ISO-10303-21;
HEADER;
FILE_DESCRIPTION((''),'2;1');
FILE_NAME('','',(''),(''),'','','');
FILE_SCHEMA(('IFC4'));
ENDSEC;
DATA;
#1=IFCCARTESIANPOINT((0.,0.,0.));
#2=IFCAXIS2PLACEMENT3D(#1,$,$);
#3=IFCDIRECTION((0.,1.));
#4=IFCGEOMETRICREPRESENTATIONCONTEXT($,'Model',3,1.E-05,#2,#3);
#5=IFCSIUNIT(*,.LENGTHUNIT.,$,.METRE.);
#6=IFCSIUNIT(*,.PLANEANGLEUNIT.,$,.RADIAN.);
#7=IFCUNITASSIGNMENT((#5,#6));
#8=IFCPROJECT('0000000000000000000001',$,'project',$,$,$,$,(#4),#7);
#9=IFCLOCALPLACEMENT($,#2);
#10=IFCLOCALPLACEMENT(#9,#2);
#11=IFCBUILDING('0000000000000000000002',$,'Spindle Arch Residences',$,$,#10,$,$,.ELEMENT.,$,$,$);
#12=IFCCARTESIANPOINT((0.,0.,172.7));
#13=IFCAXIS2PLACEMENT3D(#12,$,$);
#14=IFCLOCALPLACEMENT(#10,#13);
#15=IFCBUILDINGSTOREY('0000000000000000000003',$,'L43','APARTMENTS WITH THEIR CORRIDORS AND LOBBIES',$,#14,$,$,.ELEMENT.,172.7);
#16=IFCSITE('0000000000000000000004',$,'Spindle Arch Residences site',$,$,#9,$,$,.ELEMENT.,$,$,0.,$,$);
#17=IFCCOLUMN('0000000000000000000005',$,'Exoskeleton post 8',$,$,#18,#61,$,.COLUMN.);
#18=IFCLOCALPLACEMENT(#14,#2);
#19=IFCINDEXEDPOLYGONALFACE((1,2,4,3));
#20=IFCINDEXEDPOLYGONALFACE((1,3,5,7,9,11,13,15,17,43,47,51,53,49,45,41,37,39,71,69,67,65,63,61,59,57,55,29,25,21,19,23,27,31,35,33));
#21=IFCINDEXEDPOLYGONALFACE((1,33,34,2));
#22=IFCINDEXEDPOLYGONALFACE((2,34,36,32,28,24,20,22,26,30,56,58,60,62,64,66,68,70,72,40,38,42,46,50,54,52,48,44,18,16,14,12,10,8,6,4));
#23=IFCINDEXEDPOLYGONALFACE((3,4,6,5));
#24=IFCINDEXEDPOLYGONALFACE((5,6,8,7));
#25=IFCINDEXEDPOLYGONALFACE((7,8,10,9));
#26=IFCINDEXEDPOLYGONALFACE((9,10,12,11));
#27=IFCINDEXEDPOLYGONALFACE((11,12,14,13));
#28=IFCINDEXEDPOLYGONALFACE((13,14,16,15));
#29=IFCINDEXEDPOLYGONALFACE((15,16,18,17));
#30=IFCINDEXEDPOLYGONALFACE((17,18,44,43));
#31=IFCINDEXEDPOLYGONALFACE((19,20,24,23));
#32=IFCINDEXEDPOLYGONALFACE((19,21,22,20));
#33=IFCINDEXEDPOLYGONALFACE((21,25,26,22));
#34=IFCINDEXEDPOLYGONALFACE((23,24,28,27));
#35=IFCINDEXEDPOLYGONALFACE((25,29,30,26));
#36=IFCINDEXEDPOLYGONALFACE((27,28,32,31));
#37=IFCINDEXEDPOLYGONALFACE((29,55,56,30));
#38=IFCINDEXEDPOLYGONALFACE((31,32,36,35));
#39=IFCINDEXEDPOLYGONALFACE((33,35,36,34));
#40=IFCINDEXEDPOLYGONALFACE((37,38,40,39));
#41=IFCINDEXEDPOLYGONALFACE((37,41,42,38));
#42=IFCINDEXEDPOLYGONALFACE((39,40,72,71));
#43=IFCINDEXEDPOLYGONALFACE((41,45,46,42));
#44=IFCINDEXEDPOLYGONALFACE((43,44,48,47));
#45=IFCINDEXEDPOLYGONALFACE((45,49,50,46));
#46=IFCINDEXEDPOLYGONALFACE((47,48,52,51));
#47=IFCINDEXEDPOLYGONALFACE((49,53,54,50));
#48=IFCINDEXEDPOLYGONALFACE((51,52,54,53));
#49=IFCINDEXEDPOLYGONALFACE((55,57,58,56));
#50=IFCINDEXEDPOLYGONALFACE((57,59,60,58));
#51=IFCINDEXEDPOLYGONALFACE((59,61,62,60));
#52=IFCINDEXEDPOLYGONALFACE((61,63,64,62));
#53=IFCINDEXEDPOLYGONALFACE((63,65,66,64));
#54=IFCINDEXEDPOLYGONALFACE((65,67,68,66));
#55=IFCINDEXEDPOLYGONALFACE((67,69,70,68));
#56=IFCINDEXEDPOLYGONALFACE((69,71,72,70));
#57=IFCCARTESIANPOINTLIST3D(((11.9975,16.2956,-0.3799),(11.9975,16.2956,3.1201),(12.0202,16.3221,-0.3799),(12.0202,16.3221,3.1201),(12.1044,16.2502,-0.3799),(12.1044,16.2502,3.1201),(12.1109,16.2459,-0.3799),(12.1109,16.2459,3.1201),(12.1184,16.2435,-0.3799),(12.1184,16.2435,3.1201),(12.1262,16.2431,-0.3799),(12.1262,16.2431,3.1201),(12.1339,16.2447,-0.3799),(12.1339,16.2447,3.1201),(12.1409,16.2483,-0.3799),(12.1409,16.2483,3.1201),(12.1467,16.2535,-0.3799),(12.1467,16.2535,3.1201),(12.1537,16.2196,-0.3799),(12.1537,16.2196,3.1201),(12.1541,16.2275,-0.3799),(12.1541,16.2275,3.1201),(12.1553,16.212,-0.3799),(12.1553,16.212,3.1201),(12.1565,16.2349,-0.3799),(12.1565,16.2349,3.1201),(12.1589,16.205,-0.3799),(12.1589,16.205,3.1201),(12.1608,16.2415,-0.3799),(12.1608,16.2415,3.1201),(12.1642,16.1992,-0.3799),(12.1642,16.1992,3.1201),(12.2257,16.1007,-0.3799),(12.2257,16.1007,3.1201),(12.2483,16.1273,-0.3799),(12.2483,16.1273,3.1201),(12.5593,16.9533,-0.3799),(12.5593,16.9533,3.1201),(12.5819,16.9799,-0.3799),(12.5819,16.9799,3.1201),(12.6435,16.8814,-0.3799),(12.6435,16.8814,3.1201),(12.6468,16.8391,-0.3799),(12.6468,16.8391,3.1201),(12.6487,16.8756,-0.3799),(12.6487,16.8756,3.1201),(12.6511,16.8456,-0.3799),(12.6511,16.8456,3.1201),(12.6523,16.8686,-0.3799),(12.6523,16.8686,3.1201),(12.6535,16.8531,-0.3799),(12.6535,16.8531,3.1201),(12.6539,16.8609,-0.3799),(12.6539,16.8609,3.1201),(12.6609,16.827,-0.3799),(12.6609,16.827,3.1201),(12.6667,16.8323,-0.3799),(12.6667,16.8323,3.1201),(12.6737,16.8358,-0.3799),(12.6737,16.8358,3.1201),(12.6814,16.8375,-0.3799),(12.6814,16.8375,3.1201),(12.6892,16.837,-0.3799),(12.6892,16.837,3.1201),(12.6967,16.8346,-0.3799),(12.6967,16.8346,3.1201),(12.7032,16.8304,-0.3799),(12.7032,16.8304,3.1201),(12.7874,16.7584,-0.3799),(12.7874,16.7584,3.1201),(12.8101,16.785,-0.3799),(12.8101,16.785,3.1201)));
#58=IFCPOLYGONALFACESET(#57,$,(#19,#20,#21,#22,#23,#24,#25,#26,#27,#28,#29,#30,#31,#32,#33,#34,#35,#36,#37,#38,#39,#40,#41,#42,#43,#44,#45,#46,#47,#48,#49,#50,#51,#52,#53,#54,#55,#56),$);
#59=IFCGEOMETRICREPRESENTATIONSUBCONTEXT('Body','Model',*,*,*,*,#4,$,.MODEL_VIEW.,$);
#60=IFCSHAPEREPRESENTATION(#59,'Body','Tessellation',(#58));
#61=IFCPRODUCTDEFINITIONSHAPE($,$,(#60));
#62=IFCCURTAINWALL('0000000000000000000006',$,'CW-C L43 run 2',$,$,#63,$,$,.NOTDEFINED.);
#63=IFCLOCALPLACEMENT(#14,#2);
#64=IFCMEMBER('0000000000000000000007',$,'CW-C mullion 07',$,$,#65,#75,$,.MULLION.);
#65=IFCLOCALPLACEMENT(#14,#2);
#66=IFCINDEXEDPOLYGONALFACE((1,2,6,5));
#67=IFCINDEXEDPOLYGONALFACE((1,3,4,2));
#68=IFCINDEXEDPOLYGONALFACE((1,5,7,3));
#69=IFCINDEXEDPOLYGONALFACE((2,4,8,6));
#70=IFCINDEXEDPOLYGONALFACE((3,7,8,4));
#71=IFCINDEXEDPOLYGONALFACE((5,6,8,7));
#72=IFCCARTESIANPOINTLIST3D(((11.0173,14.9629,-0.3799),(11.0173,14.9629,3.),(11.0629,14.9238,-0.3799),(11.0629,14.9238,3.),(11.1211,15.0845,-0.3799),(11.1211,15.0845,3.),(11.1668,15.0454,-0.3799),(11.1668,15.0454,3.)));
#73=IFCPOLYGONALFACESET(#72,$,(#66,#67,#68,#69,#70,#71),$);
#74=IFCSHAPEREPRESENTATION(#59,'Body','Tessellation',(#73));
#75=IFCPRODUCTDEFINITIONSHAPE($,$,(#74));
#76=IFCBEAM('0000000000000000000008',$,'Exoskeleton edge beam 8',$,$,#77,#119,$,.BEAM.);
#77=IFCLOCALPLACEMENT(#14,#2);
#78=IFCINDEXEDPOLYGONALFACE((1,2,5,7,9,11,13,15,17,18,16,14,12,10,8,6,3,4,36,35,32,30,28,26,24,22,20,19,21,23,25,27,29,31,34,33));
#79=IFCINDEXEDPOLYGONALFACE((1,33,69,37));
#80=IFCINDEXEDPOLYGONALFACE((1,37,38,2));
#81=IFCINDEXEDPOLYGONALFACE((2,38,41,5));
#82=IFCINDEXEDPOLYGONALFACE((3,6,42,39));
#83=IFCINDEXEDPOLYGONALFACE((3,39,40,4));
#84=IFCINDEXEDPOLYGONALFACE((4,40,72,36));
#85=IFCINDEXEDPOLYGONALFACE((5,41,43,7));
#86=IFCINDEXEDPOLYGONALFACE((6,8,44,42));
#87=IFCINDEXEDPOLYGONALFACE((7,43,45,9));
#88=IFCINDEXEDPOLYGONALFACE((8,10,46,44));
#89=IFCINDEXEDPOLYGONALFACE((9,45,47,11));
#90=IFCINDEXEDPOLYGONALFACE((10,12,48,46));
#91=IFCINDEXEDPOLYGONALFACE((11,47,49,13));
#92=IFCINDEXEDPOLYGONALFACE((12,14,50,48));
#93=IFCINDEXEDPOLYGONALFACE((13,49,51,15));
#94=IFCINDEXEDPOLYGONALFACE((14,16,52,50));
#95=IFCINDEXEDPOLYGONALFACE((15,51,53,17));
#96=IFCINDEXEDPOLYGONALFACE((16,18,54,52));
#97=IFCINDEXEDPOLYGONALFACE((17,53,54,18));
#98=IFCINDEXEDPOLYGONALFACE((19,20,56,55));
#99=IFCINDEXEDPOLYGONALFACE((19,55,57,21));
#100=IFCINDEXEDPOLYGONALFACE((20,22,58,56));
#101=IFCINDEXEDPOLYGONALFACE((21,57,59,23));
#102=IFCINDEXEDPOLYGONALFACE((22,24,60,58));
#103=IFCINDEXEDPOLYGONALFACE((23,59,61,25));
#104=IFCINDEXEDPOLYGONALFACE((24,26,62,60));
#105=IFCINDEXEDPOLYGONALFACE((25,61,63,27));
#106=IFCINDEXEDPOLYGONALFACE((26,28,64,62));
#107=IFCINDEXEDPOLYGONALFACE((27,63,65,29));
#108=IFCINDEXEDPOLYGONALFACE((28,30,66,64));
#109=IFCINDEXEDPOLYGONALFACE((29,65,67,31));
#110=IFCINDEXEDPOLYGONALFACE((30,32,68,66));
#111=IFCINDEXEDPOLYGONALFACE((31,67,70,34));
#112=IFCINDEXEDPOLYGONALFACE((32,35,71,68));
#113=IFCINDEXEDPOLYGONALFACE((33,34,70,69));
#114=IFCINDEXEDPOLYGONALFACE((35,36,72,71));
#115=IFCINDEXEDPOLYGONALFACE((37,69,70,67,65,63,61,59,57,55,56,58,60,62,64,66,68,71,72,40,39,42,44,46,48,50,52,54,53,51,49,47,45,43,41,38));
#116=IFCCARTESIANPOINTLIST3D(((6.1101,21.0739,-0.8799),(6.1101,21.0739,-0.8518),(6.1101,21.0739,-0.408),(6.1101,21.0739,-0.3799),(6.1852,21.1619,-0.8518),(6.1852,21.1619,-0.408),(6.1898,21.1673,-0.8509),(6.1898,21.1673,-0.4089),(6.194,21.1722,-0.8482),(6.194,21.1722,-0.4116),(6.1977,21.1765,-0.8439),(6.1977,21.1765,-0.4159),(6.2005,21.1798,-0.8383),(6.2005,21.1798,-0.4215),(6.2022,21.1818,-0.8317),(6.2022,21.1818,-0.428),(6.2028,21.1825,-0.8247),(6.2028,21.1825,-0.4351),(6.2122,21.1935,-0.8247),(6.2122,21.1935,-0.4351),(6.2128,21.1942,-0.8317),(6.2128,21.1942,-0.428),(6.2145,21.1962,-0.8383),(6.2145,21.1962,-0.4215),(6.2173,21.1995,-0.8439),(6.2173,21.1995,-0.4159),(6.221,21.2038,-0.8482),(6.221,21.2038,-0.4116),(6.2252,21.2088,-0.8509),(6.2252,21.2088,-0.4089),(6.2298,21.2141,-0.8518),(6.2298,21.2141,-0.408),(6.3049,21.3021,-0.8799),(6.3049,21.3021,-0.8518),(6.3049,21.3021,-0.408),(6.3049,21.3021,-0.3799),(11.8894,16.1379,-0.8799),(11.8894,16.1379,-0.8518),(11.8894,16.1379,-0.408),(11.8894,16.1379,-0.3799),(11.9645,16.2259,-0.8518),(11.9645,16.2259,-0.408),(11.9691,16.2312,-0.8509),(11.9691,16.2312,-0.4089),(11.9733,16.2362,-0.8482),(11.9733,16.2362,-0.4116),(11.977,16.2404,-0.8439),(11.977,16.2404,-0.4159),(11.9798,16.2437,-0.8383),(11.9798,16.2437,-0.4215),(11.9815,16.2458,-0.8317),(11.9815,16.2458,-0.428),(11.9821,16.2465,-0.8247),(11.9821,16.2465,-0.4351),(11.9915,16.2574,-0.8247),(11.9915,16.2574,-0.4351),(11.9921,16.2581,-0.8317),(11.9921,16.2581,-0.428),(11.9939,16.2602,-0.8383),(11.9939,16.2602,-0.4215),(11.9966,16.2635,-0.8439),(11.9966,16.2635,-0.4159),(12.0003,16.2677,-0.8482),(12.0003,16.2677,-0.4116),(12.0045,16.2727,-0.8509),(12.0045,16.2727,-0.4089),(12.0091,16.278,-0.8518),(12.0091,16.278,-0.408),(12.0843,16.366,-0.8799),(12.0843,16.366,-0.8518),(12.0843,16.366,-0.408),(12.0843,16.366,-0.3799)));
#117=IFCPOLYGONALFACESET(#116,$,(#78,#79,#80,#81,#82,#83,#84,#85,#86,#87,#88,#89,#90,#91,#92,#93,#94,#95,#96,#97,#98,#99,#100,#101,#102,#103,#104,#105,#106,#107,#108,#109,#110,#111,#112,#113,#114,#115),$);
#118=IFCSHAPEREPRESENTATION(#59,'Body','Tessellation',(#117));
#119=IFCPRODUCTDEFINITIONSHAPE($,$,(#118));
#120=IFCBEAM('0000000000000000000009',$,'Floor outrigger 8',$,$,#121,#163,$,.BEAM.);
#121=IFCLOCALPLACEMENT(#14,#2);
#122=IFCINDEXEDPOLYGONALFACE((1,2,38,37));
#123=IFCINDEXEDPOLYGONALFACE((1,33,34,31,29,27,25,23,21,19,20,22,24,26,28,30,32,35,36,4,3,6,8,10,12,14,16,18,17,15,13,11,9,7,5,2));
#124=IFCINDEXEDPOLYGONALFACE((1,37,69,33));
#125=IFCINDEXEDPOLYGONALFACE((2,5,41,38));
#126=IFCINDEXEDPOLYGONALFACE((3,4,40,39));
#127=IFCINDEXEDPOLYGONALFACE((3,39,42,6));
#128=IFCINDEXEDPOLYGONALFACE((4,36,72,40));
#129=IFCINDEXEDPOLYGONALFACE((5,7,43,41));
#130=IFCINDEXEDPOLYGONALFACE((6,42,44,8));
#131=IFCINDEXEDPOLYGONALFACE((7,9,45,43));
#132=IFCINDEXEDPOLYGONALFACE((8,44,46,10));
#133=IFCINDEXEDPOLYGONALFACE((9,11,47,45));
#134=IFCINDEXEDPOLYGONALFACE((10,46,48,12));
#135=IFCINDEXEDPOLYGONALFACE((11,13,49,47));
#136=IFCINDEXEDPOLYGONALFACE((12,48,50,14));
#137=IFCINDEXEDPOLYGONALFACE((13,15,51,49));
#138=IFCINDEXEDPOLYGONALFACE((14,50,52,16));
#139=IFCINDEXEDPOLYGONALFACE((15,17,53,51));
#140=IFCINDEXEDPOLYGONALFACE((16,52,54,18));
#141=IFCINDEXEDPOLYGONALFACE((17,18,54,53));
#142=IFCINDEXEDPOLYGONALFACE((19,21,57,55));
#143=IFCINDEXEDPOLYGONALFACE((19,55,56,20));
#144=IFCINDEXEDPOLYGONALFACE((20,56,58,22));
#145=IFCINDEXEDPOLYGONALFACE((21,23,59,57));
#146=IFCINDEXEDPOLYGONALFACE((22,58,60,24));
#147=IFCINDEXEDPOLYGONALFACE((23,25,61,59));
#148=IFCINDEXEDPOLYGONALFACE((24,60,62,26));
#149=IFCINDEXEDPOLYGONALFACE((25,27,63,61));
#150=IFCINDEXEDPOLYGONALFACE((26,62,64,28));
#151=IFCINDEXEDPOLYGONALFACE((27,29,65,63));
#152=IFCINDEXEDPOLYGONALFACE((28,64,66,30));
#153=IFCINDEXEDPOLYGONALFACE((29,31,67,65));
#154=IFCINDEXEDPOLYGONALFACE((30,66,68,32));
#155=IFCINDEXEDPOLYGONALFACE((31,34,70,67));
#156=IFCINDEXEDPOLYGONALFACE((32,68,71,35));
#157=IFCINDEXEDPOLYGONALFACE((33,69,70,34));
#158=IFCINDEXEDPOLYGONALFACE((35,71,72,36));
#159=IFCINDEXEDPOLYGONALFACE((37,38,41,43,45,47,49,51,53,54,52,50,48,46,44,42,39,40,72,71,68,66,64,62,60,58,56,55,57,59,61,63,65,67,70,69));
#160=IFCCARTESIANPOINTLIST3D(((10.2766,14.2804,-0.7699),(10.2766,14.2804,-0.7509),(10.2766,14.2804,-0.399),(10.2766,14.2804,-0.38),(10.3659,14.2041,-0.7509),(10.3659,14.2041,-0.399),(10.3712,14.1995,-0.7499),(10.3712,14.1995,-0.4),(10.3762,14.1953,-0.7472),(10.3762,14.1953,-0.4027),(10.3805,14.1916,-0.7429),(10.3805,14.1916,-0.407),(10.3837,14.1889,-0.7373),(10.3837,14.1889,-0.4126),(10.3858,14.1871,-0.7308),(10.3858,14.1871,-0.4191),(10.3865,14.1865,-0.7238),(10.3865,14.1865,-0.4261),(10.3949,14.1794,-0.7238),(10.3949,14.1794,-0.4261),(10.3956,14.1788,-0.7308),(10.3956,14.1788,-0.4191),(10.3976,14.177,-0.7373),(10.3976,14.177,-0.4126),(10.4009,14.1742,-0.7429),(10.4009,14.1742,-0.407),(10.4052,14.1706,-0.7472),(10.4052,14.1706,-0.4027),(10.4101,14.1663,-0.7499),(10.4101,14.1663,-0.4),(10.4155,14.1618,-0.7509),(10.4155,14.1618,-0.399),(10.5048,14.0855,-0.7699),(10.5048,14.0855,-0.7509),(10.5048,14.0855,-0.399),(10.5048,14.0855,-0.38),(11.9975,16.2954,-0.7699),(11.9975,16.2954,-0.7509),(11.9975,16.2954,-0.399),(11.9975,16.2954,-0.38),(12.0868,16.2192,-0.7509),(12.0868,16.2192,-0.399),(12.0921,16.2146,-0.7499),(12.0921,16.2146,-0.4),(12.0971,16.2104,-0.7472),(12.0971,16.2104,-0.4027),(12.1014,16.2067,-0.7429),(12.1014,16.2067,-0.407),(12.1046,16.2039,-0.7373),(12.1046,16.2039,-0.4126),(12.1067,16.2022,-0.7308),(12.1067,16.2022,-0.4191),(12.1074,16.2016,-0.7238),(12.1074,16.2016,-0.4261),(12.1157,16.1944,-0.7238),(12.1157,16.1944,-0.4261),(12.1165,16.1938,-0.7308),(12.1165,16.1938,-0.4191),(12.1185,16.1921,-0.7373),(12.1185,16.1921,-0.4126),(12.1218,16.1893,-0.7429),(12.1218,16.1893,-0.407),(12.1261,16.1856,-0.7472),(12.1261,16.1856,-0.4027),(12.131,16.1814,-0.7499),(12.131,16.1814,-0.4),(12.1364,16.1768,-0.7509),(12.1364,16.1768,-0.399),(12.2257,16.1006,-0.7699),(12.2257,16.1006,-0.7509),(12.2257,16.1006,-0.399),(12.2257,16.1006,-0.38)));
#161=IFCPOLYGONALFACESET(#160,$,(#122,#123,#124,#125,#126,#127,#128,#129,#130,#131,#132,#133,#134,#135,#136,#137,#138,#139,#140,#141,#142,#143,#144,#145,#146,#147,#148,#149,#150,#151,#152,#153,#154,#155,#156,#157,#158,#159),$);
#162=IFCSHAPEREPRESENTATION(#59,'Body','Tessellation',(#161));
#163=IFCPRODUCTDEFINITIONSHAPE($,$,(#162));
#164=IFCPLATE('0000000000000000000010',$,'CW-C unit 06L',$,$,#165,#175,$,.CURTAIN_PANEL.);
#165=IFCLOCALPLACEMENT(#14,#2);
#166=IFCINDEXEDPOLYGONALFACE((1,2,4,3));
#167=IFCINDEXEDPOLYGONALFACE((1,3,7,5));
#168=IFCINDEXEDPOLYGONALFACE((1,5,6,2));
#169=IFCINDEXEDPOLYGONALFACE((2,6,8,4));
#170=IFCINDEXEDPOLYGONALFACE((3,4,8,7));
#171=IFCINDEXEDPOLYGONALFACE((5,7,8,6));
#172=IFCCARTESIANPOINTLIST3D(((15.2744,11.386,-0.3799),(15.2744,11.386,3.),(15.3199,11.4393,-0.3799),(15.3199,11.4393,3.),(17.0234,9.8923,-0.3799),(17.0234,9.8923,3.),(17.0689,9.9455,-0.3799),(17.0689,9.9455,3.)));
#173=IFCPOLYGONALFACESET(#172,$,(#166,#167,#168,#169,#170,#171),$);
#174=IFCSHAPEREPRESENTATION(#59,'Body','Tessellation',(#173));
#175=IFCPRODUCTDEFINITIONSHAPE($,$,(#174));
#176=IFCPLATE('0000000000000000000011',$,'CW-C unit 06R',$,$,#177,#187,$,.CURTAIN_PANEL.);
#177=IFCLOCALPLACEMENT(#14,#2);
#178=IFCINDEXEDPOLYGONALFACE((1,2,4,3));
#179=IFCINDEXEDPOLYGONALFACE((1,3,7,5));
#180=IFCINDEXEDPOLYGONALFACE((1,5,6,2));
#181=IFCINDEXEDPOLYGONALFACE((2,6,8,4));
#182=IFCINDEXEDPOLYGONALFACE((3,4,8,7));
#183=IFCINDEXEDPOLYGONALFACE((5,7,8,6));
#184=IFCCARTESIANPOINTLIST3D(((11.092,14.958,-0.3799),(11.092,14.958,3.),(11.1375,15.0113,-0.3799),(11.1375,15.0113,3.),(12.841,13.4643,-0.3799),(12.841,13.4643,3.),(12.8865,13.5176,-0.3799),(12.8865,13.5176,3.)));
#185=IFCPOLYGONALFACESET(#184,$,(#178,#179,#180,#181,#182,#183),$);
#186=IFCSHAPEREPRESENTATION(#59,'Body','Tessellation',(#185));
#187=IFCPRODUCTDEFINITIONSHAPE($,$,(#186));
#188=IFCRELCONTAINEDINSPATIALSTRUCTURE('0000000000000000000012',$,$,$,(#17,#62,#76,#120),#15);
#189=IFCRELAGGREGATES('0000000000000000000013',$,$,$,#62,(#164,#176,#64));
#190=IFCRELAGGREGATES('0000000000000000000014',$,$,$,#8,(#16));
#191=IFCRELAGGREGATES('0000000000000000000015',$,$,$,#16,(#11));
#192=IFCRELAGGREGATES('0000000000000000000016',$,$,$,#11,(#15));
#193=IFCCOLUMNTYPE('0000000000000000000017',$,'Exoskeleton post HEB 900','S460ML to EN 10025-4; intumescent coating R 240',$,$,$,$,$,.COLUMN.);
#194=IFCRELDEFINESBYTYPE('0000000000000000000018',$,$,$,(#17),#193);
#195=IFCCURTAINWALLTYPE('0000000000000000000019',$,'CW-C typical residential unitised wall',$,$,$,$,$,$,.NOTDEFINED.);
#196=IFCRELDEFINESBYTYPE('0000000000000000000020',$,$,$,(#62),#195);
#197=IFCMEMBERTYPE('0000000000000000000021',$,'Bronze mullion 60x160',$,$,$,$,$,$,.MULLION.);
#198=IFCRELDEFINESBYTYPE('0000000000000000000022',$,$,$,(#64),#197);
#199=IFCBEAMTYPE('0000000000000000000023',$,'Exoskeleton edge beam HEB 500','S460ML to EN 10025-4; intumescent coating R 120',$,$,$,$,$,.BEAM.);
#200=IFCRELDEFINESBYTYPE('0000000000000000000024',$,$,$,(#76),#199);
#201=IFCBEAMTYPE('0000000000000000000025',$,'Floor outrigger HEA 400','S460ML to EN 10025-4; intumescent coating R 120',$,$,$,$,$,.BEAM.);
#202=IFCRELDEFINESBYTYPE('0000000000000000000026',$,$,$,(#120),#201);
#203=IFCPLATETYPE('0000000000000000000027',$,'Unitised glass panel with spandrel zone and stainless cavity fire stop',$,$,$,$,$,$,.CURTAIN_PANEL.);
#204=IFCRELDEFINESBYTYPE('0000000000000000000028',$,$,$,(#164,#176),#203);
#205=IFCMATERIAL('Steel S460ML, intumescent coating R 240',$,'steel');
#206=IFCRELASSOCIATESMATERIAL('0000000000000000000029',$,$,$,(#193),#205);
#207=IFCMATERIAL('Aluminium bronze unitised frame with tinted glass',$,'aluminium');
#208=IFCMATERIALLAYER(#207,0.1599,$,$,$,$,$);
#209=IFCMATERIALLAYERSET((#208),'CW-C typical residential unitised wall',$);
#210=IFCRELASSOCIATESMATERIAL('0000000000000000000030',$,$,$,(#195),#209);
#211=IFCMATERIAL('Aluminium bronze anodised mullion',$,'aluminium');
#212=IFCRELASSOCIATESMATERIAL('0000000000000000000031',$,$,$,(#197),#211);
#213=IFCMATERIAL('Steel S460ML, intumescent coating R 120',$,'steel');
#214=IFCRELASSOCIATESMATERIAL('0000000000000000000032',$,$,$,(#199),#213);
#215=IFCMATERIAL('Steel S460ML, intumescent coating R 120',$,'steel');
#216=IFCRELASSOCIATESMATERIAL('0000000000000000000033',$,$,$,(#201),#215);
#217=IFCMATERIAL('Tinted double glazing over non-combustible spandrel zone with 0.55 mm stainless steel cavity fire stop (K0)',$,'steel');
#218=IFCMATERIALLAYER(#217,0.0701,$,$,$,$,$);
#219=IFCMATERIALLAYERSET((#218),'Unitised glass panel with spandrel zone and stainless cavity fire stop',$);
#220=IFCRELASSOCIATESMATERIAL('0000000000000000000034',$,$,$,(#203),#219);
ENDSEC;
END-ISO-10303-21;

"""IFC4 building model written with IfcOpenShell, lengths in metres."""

from ifc_helpers import new_model, si_unit, direction, frame, origin, origin_2d, place, context, subcontext, project, spatial, rectangle, i_section, extrude, material, layer, layer_set, material_profile, profile_set, type_object, element, aggregate, save


model = new_model("IFC4")

# Units and contexts
model_context = context("Model", 3, precision=1e-05, world=origin(), true_north=direction((0.0, 1.0)))
body_context = subcontext(model_context, "Body", "Model", "MODEL_VIEW")
ifc_project = project(units=[si_unit("LENGTHUNIT", "METRE"), si_unit("PLANEANGLEUNIT", "RADIAN")], contexts=[model_context])

# Site, building, storey
site_placement = place(None, origin())
site = spatial("IfcSite", under=ifc_project, at=site_placement, Name="Spindle Arch Residences site", CompositionType="ELEMENT", RefElevation=0.0)
building_placement = place(site_placement, origin())
building = spatial("IfcBuilding", under=site, at=building_placement, Name="Spindle Arch Residences", CompositionType="ELEMENT")
storey_placement = place(building_placement, frame((0.0, 0.0, 172.7)))
storey = spatial("IfcBuildingStorey", under=building, at=storey_placement, Name="L43", Description="APARTMENTS WITH THEIR CORRIDORS AND LOBBIES", CompositionType="ELEMENT", Elevation=172.7)

# Column
ifc_material_1 = material(Name="Steel S460ML, intumescent coating R 240", Category="steel")
ifc_material_profile_1 = material_profile(ifc_material_1, i_section(OverallWidth=0.3, OverallDepth=0.8999, WebThickness=0.0186, FlangeThickness=0.0349, FilletRadius=0.03, at=origin_2d()), Name="HEB 900")
ifc_profile_set_1 = profile_set([ifc_material_profile_1], Name="Steel S460ML, intumescent coating R 240")
column_type = type_object("IfcColumnType", Name="Exoskeleton post HEB 900", Description="S460ML to EN 10025-4; intumescent coating R 240", PredefinedType="COLUMN", material=ifc_profile_set_1)
column_placement = place(storey_placement, frame((12.4038, 16.5403, -0.3799), z_axis=(0.0, 0.0, 1.0), x_axis=(0.760406, -0.649448, 0.0)))
element("IfcColumn", 1, at=column_placement, inside=storey, type_object=column_type, Name="Exoskeleton post 8", PredefinedType="COLUMN", context=body_context, shape_type="SweptSolid", body=[
    extrude(i_section(OverallWidth=0.3, OverallDepth=0.8999, WebThickness=0.0186, FlangeThickness=0.0349, FilletRadius=0.03, at=origin_2d()), origin(), (0.0, 0.0, 1.0), 3.5),
])

# Curtain wall, member
ifc_material_2 = material(Name="Aluminium bronze unitised frame with tinted glass", Category="aluminium")
ifc_layer_1 = layer(ifc_material_2, 0.1599)
ifc_layer_set_1 = layer_set([ifc_layer_1], Name="CW-C typical residential unitised wall")
curtain_wall_type = type_object("IfcCurtainWallType", Name="CW-C typical residential unitised wall", PredefinedType="NOTDEFINED", material=ifc_layer_set_1)
curtain_wall_placement = place(storey_placement, origin())
curtain_wall = element("IfcCurtainWall", 2, at=curtain_wall_placement, inside=storey, type_object=curtain_wall_type, Name="CW-C L43 run 2", PredefinedType="NOTDEFINED")
ifc_material_3 = material(Name="Aluminium bronze anodised mullion", Category="aluminium")
ifc_material_profile_2 = material_profile(ifc_material_3, rectangle(XDim=0.1599, YDim=0.0601, at=origin_2d()), Name="MU 60x160")
ifc_profile_set_2 = profile_set([ifc_material_profile_2], Name="Aluminium bronze anodised mullion")
member_type = type_object("IfcMemberType", Name="Bronze mullion 60x160", PredefinedType="MULLION", material=ifc_profile_set_2)
member_placement = place(storey_placement, frame((11.092, 15.0042, -0.3799), z_axis=(0.0, 0.0, 1.0), x_axis=(-0.649448, -0.760406, 0.0)))
member = element("IfcMember", 3, at=member_placement, type_object=member_type, Name="CW-C mullion 07", PredefinedType="MULLION", context=body_context, shape_type="SweptSolid", body=[
    extrude(rectangle(XDim=0.1599, YDim=0.0601, at=origin_2d()), origin(), (0.0, 0.0, 1.0), 3.3799),
])

# Beams
ifc_material_4 = material(Name="Steel S460ML, intumescent coating R 120", Category="steel")
ifc_material_profile_3 = material_profile(ifc_material_4, i_section(OverallWidth=0.3, OverallDepth=0.5, WebThickness=0.0144, FlangeThickness=0.0281, FilletRadius=0.0271, at=origin_2d()), Name="HEB 500")
ifc_profile_set_3 = profile_set([ifc_material_profile_3], Name="Steel S460ML, intumescent coating R 120")
beam_type_1 = type_object("IfcBeamType", Name="Exoskeleton edge beam HEB 500", Description="S460ML to EN 10025-4; intumescent coating R 120", PredefinedType="BEAM", material=ifc_profile_set_3)
beam_1_placement = place(storey_placement, frame((11.9868, 16.252, -0.6299), z_axis=(-0.760403, 0.649452, 0.0), x_axis=(-0.649452, -0.760403, 0.0)))
element("IfcBeam", 4, at=beam_1_placement, inside=storey, type_object=beam_type_1, Name="Exoskeleton edge beam 8", PredefinedType="BEAM", context=body_context, shape_type="SweptSolid", body=[
    extrude(i_section(OverallWidth=0.3, OverallDepth=0.5, WebThickness=0.0144, FlangeThickness=0.0281, FilletRadius=0.0271, at=origin_2d()), origin(), (0.0, 0.0, 1.0), 7.6003),
])
ifc_material_5 = material(Name="Steel S460ML, intumescent coating R 120", Category="steel")
ifc_material_profile_4 = material_profile(ifc_material_5, i_section(OverallWidth=0.3, OverallDepth=0.3899, WebThickness=0.011, FlangeThickness=0.019, FilletRadius=0.0271, at=origin_2d()), Name="HEA 400")
ifc_profile_set_4 = profile_set([ifc_material_profile_4], Name="Steel S460ML, intumescent coating R 120")
beam_type_2 = type_object("IfcBeamType", Name="Floor outrigger HEA 400", Description="S460ML to EN 10025-4; intumescent coating R 120", PredefinedType="BEAM", material=ifc_profile_set_4)
beam_2_placement = place(storey_placement, frame((12.1116, 16.198, -0.575), z_axis=(-0.649417, -0.760432, 0.0), x_axis=(0.760432, -0.649417, 0.0)))
element("IfcBeam", 5, at=beam_2_placement, inside=storey, type_object=beam_type_2, Name="Floor outrigger 8", PredefinedType="BEAM", context=body_context, shape_type="SweptSolid", body=[
    extrude(i_section(OverallWidth=0.3, OverallDepth=0.3899, WebThickness=0.011, FlangeThickness=0.019, FilletRadius=0.0271, at=origin_2d()), origin(), (0.0, 0.0, 1.0), 2.6499),
])

# Plates
ifc_material_6 = material(Name="Tinted double glazing over non-combustible spandrel zone with 0.55 mm stainless steel cavity fire stop (K0)", Category="steel")
ifc_layer_2 = layer(ifc_material_6, 0.0701)
ifc_layer_set_2 = layer_set([ifc_layer_2], Name="Unitised glass panel with spandrel zone and stainless cavity fire stop")
plate_type = type_object("IfcPlateType", Name="Unitised glass panel with spandrel zone and stainless cavity fire stop", PredefinedType="CURTAIN_PANEL", material=ifc_layer_set_2)
plate_1_placement = place(storey_placement, frame((16.1716, 10.6658, -0.3799), z_axis=(0.0, 0.0, 1.0), x_axis=(-0.760406, 0.649448, 0.0)))
plate_1 = element("IfcPlate", 6, at=plate_1_placement, type_object=plate_type, Name="CW-C unit 06L", PredefinedType="CURTAIN_PANEL", context=body_context, shape_type="SweptSolid", body=[
    extrude(rectangle(XDim=2.3, YDim=0.0701, at=origin_2d()), origin(), (0.0, 0.0, 1.0), 3.3799),
])
plate_2_placement = place(storey_placement, frame((11.9893, 14.2378, -0.3799), z_axis=(0.0, 0.0, 1.0), x_axis=(-0.760406, 0.649448, 0.0)))
plate_2 = element("IfcPlate", 7, at=plate_2_placement, type_object=plate_type, Name="CW-C unit 06R", PredefinedType="CURTAIN_PANEL", context=body_context, shape_type="SweptSolid", body=[
    extrude(rectangle(XDim=2.3, YDim=0.0701, at=origin_2d()), origin(), (0.0, 0.0, 1.0), 3.3799),
])
aggregate(curtain_wall, [plate_1, plate_2, member])

save(model, "model.ifc")
